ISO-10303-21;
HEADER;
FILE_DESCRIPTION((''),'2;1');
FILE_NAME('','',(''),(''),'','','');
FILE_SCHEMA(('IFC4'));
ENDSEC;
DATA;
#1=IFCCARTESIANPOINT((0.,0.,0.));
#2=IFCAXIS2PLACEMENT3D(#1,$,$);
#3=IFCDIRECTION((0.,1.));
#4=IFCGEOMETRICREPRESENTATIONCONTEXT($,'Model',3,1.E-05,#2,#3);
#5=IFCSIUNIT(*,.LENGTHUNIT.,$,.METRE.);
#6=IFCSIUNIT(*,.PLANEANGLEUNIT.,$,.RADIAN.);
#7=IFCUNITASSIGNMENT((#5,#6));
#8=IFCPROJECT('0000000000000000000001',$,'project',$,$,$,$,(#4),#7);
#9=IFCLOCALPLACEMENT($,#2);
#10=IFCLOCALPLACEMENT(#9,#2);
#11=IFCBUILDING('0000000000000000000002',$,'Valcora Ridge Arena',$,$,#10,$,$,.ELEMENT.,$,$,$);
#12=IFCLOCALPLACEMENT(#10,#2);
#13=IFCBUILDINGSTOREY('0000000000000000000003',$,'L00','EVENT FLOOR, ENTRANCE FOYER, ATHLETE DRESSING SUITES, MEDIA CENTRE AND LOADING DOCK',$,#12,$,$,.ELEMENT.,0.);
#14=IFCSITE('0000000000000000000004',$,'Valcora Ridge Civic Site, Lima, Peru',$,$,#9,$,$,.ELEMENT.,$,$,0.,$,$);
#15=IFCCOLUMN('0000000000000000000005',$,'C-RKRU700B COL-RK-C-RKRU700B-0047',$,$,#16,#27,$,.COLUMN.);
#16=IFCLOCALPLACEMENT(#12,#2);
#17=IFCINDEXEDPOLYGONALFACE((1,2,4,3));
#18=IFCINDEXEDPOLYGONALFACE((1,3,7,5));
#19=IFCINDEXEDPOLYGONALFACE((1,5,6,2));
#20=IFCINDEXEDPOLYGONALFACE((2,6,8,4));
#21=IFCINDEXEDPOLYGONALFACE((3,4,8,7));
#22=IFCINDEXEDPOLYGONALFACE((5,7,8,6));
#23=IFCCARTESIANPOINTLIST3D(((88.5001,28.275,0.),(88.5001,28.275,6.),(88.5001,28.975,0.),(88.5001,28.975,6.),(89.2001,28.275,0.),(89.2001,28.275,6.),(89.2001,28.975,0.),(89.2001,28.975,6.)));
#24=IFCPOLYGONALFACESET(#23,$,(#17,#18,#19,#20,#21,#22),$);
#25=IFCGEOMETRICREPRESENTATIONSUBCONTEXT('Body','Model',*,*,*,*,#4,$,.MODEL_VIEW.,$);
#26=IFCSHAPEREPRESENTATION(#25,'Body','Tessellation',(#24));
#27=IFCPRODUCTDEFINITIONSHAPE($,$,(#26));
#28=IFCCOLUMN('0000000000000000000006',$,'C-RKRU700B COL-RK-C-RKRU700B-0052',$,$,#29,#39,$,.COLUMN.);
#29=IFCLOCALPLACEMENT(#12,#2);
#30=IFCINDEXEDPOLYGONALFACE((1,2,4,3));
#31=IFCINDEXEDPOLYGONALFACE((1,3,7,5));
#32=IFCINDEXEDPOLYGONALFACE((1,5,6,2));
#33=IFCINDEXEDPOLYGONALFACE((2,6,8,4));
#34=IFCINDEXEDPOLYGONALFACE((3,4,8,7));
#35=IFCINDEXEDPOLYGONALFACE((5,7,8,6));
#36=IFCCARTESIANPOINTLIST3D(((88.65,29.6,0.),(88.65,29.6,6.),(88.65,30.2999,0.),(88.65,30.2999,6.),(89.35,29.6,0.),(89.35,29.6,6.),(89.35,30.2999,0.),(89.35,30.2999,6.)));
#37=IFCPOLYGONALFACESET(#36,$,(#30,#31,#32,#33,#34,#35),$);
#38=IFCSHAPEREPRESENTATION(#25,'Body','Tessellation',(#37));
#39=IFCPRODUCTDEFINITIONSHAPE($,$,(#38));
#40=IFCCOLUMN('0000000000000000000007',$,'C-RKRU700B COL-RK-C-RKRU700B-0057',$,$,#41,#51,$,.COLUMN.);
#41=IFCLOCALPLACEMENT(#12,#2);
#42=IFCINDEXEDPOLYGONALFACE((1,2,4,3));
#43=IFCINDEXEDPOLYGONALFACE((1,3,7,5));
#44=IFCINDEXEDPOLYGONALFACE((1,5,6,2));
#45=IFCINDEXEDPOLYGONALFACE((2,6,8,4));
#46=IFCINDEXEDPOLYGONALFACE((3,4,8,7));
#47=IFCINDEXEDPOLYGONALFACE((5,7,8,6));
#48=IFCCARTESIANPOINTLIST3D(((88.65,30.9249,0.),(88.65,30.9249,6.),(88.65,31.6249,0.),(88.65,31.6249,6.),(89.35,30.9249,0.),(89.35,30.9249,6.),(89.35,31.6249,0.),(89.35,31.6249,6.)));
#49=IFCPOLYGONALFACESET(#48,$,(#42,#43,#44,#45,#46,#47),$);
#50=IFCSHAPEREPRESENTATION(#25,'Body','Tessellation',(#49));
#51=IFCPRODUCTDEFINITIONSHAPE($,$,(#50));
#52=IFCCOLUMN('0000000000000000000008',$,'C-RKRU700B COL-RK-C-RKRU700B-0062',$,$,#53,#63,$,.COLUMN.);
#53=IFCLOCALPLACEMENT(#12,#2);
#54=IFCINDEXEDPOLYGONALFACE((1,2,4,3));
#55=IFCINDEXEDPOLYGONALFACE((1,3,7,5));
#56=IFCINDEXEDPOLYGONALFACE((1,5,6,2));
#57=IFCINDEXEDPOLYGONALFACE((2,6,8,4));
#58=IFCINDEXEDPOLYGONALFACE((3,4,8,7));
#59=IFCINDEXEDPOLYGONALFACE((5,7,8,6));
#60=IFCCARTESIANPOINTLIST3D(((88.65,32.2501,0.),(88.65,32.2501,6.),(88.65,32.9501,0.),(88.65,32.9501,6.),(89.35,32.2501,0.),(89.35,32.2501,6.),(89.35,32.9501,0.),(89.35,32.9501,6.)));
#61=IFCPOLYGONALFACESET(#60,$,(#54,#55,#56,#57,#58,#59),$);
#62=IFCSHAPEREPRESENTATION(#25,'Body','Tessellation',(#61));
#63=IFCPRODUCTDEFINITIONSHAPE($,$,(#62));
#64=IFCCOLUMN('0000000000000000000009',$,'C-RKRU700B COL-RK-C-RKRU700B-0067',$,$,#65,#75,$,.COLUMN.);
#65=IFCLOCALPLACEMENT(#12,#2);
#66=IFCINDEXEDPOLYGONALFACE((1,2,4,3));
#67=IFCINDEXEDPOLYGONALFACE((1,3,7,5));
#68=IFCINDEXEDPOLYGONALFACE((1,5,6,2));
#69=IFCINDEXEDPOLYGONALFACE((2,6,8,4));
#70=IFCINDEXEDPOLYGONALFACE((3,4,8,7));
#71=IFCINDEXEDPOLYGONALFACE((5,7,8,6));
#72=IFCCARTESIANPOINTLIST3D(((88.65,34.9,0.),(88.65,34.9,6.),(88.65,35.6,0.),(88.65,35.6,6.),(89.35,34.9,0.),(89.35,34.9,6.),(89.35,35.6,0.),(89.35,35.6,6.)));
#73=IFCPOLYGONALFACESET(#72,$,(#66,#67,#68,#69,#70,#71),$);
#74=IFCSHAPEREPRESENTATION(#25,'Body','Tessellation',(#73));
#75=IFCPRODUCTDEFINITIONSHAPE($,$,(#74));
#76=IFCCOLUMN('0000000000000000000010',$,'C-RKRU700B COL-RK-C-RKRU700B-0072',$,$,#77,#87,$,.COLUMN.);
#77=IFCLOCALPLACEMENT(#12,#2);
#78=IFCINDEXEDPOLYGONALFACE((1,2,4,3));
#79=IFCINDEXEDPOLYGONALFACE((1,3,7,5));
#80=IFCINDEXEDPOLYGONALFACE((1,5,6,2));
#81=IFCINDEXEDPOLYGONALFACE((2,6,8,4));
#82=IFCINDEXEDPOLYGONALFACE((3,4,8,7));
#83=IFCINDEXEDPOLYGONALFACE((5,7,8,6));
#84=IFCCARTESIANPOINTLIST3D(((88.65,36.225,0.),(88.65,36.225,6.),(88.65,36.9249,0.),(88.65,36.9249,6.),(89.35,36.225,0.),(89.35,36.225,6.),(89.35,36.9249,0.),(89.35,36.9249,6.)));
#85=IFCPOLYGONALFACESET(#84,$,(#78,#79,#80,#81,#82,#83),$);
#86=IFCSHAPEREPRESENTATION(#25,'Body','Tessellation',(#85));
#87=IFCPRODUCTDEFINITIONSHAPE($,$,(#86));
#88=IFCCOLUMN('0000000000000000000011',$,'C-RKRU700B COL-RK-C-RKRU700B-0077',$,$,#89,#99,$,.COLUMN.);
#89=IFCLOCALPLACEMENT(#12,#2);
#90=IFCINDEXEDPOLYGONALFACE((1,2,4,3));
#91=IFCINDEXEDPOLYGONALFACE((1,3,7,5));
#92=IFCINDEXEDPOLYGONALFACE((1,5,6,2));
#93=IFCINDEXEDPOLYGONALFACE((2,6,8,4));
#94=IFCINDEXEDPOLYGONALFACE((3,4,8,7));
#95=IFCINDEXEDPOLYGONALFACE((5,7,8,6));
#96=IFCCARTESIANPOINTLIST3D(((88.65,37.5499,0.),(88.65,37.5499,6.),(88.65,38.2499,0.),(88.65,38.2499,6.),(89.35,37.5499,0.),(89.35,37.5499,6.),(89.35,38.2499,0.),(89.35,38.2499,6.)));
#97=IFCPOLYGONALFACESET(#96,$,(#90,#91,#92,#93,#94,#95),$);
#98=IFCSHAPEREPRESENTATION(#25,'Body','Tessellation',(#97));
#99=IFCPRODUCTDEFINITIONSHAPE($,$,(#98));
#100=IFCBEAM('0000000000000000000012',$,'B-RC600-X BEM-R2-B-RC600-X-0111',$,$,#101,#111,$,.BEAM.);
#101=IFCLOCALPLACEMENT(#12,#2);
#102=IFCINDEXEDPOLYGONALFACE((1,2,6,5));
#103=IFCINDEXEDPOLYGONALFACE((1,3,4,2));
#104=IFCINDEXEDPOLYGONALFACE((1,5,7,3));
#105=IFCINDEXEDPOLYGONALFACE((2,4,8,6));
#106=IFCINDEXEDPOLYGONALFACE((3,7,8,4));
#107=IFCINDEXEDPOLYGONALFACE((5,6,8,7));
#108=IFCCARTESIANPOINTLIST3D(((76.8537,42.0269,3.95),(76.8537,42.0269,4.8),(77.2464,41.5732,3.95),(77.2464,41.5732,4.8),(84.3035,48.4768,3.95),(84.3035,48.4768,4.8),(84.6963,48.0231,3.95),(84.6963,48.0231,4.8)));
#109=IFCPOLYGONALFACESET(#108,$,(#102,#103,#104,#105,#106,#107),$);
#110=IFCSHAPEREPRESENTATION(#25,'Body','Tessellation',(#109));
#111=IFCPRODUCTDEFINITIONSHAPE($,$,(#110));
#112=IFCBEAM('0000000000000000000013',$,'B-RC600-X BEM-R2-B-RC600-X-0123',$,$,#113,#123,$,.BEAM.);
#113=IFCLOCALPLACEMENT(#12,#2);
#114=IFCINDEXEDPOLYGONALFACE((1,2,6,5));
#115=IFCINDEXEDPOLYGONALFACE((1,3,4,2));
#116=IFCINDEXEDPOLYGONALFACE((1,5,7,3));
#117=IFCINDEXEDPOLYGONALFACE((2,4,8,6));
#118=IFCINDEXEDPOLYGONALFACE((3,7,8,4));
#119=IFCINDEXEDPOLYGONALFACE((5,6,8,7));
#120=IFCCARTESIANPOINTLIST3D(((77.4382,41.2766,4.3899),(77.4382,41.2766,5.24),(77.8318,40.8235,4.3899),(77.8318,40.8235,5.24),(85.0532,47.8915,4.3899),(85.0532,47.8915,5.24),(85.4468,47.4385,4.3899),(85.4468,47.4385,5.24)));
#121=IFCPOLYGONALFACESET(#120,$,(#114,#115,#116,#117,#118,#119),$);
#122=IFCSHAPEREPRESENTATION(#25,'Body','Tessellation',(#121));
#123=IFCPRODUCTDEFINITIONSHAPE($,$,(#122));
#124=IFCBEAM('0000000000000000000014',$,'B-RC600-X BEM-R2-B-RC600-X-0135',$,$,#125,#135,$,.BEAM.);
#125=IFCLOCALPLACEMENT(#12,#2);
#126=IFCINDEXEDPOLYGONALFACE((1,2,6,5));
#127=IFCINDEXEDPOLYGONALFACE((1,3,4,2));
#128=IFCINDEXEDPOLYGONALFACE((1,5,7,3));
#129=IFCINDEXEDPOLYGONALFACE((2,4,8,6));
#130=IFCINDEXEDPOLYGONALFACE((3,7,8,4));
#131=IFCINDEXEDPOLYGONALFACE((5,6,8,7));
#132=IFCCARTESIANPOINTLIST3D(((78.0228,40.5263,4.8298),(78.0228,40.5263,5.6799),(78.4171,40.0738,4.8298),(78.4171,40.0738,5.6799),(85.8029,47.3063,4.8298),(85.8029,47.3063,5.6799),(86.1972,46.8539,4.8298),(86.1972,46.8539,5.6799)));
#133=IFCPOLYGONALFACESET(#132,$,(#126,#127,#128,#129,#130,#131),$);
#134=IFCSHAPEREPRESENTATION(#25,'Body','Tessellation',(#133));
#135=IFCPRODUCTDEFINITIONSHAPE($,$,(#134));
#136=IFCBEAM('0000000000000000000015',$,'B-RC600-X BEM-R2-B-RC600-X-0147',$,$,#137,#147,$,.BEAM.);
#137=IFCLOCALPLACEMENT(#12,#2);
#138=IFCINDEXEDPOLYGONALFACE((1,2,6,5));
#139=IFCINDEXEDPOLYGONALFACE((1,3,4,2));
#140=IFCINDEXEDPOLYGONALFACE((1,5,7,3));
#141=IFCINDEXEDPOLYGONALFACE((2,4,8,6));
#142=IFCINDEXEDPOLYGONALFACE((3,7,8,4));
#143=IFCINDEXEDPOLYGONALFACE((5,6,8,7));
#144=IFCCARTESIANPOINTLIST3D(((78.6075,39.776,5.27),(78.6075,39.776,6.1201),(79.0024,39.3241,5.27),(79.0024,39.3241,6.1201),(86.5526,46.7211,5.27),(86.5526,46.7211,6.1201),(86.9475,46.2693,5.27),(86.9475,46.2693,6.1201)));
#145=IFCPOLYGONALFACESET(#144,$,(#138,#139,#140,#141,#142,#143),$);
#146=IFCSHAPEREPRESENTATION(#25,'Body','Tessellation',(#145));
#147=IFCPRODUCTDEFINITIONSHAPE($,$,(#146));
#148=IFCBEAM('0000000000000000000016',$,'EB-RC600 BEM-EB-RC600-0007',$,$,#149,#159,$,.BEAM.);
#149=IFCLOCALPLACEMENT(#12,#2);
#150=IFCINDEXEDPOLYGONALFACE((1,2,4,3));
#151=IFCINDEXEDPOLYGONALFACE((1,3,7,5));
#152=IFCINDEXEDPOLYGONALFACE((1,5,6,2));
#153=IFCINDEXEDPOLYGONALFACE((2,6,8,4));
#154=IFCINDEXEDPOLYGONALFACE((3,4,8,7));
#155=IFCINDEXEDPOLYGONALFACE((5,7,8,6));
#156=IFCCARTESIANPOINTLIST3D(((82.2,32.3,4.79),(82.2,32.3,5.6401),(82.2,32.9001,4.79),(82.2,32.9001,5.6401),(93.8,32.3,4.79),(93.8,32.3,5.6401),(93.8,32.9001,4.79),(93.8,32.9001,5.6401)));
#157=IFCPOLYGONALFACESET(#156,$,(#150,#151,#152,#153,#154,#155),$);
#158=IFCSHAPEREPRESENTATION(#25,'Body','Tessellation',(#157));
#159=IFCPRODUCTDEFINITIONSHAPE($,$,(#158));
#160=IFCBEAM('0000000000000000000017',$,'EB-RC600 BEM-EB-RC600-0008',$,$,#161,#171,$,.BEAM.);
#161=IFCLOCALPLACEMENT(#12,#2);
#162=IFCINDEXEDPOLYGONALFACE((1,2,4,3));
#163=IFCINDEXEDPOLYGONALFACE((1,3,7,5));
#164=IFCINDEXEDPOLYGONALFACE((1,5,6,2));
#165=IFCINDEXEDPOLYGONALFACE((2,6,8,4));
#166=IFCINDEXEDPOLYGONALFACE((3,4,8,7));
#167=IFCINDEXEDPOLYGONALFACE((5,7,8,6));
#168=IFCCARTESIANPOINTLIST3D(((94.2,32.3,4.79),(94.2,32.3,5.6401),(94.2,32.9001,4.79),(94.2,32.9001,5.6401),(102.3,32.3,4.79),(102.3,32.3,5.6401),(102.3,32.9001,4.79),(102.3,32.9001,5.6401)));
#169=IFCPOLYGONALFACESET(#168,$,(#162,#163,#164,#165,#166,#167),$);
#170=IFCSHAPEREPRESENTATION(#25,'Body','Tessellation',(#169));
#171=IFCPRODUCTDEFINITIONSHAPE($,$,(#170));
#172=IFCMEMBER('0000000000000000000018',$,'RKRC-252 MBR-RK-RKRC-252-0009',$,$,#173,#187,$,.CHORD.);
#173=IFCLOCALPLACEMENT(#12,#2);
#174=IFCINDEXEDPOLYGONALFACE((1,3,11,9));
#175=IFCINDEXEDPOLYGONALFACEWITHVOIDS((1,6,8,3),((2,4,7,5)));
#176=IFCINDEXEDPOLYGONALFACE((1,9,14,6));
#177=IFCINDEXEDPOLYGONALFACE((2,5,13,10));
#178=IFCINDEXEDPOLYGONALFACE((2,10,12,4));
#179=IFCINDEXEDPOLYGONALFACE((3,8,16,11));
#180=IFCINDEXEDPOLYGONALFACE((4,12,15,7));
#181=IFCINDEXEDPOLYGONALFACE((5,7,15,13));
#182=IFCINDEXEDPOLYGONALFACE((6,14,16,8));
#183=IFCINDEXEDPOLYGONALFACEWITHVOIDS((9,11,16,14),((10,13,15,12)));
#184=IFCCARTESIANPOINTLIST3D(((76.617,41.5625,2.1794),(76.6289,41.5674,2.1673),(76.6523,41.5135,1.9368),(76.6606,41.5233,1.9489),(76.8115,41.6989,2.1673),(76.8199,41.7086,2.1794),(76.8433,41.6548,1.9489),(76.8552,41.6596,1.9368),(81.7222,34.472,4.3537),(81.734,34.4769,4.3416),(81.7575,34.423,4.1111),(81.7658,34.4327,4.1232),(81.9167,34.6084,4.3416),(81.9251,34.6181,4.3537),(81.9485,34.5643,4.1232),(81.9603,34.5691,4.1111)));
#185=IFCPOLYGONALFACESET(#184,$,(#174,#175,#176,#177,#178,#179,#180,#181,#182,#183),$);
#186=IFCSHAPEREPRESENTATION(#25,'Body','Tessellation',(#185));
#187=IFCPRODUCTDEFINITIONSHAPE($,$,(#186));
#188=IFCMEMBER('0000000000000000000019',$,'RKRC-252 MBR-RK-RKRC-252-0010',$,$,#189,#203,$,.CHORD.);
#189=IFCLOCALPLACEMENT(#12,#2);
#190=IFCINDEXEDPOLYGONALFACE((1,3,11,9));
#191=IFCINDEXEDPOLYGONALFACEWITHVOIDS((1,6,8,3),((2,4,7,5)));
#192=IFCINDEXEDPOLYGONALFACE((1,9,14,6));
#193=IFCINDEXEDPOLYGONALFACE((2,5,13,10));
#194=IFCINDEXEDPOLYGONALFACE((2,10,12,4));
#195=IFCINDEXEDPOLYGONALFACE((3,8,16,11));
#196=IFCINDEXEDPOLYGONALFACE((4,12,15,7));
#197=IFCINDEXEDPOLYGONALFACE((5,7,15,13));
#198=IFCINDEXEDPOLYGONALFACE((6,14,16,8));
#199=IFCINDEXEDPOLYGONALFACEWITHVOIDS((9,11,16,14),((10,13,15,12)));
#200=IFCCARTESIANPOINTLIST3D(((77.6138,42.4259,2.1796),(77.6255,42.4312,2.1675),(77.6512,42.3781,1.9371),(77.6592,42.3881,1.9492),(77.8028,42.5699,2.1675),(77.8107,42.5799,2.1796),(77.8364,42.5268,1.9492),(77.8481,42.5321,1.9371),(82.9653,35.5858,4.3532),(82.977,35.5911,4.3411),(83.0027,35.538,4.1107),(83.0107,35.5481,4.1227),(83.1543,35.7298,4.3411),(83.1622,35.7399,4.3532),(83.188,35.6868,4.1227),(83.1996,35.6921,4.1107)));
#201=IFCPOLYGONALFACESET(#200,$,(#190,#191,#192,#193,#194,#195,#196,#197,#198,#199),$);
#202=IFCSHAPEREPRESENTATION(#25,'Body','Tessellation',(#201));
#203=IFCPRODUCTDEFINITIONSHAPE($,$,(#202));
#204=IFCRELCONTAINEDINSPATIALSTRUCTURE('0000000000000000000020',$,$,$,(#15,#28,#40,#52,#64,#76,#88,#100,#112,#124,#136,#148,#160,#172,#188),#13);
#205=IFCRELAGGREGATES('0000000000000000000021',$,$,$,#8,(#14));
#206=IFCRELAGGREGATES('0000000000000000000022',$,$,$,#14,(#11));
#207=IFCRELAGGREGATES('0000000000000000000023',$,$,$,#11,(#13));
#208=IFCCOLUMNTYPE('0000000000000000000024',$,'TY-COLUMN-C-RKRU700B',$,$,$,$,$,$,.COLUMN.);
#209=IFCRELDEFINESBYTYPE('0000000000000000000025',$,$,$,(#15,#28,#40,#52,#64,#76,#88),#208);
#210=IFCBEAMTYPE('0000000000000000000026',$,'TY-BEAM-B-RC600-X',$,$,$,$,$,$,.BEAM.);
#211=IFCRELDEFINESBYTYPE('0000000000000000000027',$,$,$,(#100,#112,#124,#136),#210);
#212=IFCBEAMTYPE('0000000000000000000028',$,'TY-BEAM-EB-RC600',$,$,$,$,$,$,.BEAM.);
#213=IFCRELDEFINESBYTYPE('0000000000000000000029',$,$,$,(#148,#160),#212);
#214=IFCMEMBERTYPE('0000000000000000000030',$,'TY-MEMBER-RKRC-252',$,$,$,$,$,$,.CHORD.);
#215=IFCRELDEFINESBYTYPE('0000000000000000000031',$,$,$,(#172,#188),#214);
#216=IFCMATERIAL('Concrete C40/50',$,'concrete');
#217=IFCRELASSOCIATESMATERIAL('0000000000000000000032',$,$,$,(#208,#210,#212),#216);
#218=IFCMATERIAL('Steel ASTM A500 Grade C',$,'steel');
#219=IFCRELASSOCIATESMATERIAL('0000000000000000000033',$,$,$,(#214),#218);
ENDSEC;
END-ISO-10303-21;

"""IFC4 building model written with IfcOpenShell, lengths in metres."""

from ifc_helpers import new_model, si_unit, direction, frame, origin, origin_2d, place, context, subcontext, project, spatial, rectangle, hollow_rectangle, extrude, material, material_profile, profile_set, type_object, element, save


model = new_model("IFC4")

# Units and contexts
model_context = context("Model", 3, precision=1e-05, world=origin(), true_north=direction((0.0, 1.0)))
body_context = subcontext(model_context, "Body", "Model", "MODEL_VIEW")
ifc_project = project(units=[si_unit("LENGTHUNIT", "METRE"), si_unit("PLANEANGLEUNIT", "RADIAN")], contexts=[model_context])

# Site, building, storey
site_placement = place(None, origin())
site = spatial("IfcSite", under=ifc_project, at=site_placement, Name="Valcora Ridge Civic Site, Lima, Peru", CompositionType="ELEMENT", RefElevation=0.0)
building_placement = place(site_placement, origin())
building = spatial("IfcBuilding", under=site, at=building_placement, Name="Valcora Ridge Arena", CompositionType="ELEMENT")
storey_placement = place(building_placement, origin())
storey = spatial("IfcBuildingStorey", under=building, at=storey_placement, Name="L00", Description="EVENT FLOOR, ENTRANCE FOYER, ATHLETE DRESSING SUITES, MEDIA CENTRE AND LOADING DOCK", CompositionType="ELEMENT", Elevation=0.0)

# Columns
ifc_material_1 = material(Name="Concrete C40/50", Category="concrete")
ifc_material_profile_1 = material_profile(ifc_material_1, rectangle(XDim=0.7, YDim=0.7, at=origin_2d()), Name="RC 700x700")
ifc_profile_set_1 = profile_set([ifc_material_profile_1], Name="Concrete C40/50")
column_type_1 = type_object("IfcColumnType", Name="TY-COLUMN-C-RKRU700B", PredefinedType="COLUMN", material=ifc_profile_set_1)
for number, where, z_axis, x_axis, name in (
    (1, (88.8501, 28.625, 0.0), (0.0, 0.0, 1.0), (1.0, 0.0, 0.0), "C-RKRU700B COL-RK-C-RKRU700B-0047"),
    (2, (89.0, 29.95, 0.0), (0.0, 0.0, 1.0), (1.0, 0.0, 0.0), "C-RKRU700B COL-RK-C-RKRU700B-0052"),
    (3, (89.0, 31.2749, 0.0), (0.0, 0.0, 1.0), (1.0, 0.0, 0.0), "C-RKRU700B COL-RK-C-RKRU700B-0057"),
    (4, (89.0, 32.6001, 0.0), (0.0, 0.0, 1.0), (1.0, 0.0, 0.0), "C-RKRU700B COL-RK-C-RKRU700B-0062"),
    (5, (89.0, 35.25, 0.0), (0.0, 0.0, 1.0), (1.0, 0.0, 0.0), "C-RKRU700B COL-RK-C-RKRU700B-0067"),
    (6, (89.0, 36.575, 0.0), (0.0, 0.0, 1.0), (1.0, 0.0, 0.0), "C-RKRU700B COL-RK-C-RKRU700B-0072"),
    (7, (89.0, 37.8999, 0.0), (0.0, 0.0, 1.0), (1.0, 0.0, 0.0), "C-RKRU700B COL-RK-C-RKRU700B-0077"),
):
    element("IfcColumn", number, at=place(storey_placement, frame(where, z_axis=z_axis, x_axis=x_axis)), inside=storey, type_object=column_type_1, Name=name, PredefinedType="COLUMN", context=body_context, shape_type="SweptSolid", body=[
        extrude(rectangle(XDim=0.7, YDim=0.7, at=origin_2d()), origin(), (0.0, 0.0, 1.0), 6.0),
    ])

# Beams
ifc_material_profile_2 = material_profile(ifc_material_1, rectangle(XDim=0.6001, YDim=0.8501, at=origin_2d()), Name="RC 600x850")
ifc_profile_set_2 = profile_set([ifc_material_profile_2], Name="Concrete C40/50")
beam_type_1 = type_object("IfcBeamType", Name="TY-BEAM-B-RC600-X", PredefinedType="BEAM", material=ifc_profile_set_2)
beam_1_placement = place(storey_placement, frame((77.05, 41.8, 4.375), z_axis=(0.756024, 0.654544, 0.0), x_axis=(-0.654544, 0.756024, 0.0)))
element("IfcBeam", 8, at=beam_1_placement, inside=storey, type_object=beam_type_1, Name="B-RC600-X BEM-R2-B-RC600-X-0111", PredefinedType="BEAM", context=body_context, shape_type="SweptSolid", body=[
    extrude(rectangle(XDim=0.6001, YDim=0.8501, at=origin_2d()), origin(), (0.0, 0.0, 1.0), 9.854),
])
beam_2_placement = place(storey_placement, frame((77.635, 41.05, 4.8149), z_axis=(0.754936, 0.655798, 0.0), x_axis=(-0.655798, 0.754936, 0.0)))
element("IfcBeam", 9, at=beam_2_placement, inside=storey, type_object=beam_type_1, Name="B-RC600-X BEM-R2-B-RC600-X-0123", PredefinedType="BEAM", context=body_context, shape_type="SweptSolid", body=[
    extrude(rectangle(XDim=0.6001, YDim=0.8501, at=origin_2d()), origin(), (0.0, 0.0, 1.0), 10.0869),
])
beam_3_placement = place(storey_placement, frame((78.22, 40.3, 5.2549), z_axis=(0.753896, 0.656994, 0.0), x_axis=(-0.656994, 0.753896, 0.0)))
element("IfcBeam", 10, at=beam_3_placement, inside=storey, type_object=beam_type_1, Name="B-RC600-X BEM-R2-B-RC600-X-0135", PredefinedType="BEAM", context=body_context, shape_type="SweptSolid", body=[
    extrude(rectangle(XDim=0.6001, YDim=0.8501, at=origin_2d()), origin(), (0.0, 0.0, 1.0), 10.3198),
])
beam_4_placement = place(storey_placement, frame((78.8049, 39.55, 5.6951), z_axis=(0.752899, 0.658136, 0.0), x_axis=(-0.658136, 0.752899, 0.0)))
element("IfcBeam", 11, at=beam_4_placement, inside=storey, type_object=beam_type_1, Name="B-RC600-X BEM-R2-B-RC600-X-0147", PredefinedType="BEAM", context=body_context, shape_type="SweptSolid", body=[
    extrude(rectangle(XDim=0.6001, YDim=0.8501, at=origin_2d()), origin(), (0.0, 0.0, 1.0), 10.5527),
])
ifc_material_profile_3 = material_profile(ifc_material_1, rectangle(XDim=0.6001, YDim=0.8501, at=origin_2d()), Name="RC 600x850")
ifc_profile_set_3 = profile_set([ifc_material_profile_3], Name="Concrete C40/50")
beam_type_2 = type_object("IfcBeamType", Name="TY-BEAM-EB-RC600", PredefinedType="BEAM", material=ifc_profile_set_3)
beam_5_placement = place(storey_placement, frame((82.2, 32.6001, 5.2151), z_axis=(1.0, 0.0, 0.0), x_axis=(0.0, 1.0, 0.0)))
element("IfcBeam", 12, at=beam_5_placement, inside=storey, type_object=beam_type_2, Name="EB-RC600 BEM-EB-RC600-0007", PredefinedType="BEAM", context=body_context, shape_type="SweptSolid", body=[
    extrude(rectangle(XDim=0.6001, YDim=0.8501, at=origin_2d()), origin(), (0.0, 0.0, 1.0), 11.6001),
])
beam_6_placement = place(storey_placement, frame((94.2, 32.6001, 5.2151), z_axis=(1.0, 0.0, 0.0), x_axis=(0.0, 1.0, 0.0)))
element("IfcBeam", 13, at=beam_6_placement, inside=storey, type_object=beam_type_2, Name="EB-RC600 BEM-EB-RC600-0008", PredefinedType="BEAM", context=body_context, shape_type="SweptSolid", body=[
    extrude(rectangle(XDim=0.6001, YDim=0.8501, at=origin_2d()), origin(), (0.0, 0.0, 1.0), 8.1001),
])

# Members
ifc_material_2 = material(Name="Steel ASTM A500 Grade C", Category="steel")
ifc_material_profile_4 = material_profile(ifc_material_2, hollow_rectangle(XDim=0.25, YDim=0.25, WallThickness=0.0125, at=origin_2d()), Name="HSS250X250X12")
ifc_profile_set_4 = profile_set([ifc_material_profile_4], Name="Steel ASTM A500 Grade C")
member_type_1 = type_object("IfcMemberType", Name="TY-MEMBER-RKRC-252", PredefinedType="CHORD", material=ifc_profile_set_4)
member_1_placement = place(storey_placement, frame((76.7361, 41.6111, 2.0581), z_axis=(0.567012, -0.787515, 0.24149), x_axis=(0.811534, 0.584305, 0.0)))
element("IfcMember", 14, at=member_1_placement, inside=storey, type_object=member_type_1, Name="RKRC-252 MBR-RK-RKRC-252-0009", PredefinedType="CHORD", context=body_context, shape_type="SweptSolid", body=[
    extrude(hollow_rectangle(XDim=0.25, YDim=0.25, WallThickness=0.0125, at=origin_2d()), origin(), (0.0, 0.0, 1.0), 9.0037),
])
member_2_placement = place(storey_placement, frame((77.731, 42.479, 2.0583), z_axis=(0.597761, -0.764027, 0.242786), x_axis=(0.787592, 0.616198, 0.0)))
element("IfcMember", 15, at=member_2_placement, inside=storey, type_object=member_type_1, Name="RKRC-252 MBR-RK-RKRC-252-0010", PredefinedType="CHORD", context=body_context, shape_type="SweptSolid", body=[
    extrude(hollow_rectangle(XDim=0.25, YDim=0.25, WallThickness=0.0125, at=origin_2d()), origin(), (0.0, 0.0, 1.0), 8.9526),
])

save(model, "model.ifc")
